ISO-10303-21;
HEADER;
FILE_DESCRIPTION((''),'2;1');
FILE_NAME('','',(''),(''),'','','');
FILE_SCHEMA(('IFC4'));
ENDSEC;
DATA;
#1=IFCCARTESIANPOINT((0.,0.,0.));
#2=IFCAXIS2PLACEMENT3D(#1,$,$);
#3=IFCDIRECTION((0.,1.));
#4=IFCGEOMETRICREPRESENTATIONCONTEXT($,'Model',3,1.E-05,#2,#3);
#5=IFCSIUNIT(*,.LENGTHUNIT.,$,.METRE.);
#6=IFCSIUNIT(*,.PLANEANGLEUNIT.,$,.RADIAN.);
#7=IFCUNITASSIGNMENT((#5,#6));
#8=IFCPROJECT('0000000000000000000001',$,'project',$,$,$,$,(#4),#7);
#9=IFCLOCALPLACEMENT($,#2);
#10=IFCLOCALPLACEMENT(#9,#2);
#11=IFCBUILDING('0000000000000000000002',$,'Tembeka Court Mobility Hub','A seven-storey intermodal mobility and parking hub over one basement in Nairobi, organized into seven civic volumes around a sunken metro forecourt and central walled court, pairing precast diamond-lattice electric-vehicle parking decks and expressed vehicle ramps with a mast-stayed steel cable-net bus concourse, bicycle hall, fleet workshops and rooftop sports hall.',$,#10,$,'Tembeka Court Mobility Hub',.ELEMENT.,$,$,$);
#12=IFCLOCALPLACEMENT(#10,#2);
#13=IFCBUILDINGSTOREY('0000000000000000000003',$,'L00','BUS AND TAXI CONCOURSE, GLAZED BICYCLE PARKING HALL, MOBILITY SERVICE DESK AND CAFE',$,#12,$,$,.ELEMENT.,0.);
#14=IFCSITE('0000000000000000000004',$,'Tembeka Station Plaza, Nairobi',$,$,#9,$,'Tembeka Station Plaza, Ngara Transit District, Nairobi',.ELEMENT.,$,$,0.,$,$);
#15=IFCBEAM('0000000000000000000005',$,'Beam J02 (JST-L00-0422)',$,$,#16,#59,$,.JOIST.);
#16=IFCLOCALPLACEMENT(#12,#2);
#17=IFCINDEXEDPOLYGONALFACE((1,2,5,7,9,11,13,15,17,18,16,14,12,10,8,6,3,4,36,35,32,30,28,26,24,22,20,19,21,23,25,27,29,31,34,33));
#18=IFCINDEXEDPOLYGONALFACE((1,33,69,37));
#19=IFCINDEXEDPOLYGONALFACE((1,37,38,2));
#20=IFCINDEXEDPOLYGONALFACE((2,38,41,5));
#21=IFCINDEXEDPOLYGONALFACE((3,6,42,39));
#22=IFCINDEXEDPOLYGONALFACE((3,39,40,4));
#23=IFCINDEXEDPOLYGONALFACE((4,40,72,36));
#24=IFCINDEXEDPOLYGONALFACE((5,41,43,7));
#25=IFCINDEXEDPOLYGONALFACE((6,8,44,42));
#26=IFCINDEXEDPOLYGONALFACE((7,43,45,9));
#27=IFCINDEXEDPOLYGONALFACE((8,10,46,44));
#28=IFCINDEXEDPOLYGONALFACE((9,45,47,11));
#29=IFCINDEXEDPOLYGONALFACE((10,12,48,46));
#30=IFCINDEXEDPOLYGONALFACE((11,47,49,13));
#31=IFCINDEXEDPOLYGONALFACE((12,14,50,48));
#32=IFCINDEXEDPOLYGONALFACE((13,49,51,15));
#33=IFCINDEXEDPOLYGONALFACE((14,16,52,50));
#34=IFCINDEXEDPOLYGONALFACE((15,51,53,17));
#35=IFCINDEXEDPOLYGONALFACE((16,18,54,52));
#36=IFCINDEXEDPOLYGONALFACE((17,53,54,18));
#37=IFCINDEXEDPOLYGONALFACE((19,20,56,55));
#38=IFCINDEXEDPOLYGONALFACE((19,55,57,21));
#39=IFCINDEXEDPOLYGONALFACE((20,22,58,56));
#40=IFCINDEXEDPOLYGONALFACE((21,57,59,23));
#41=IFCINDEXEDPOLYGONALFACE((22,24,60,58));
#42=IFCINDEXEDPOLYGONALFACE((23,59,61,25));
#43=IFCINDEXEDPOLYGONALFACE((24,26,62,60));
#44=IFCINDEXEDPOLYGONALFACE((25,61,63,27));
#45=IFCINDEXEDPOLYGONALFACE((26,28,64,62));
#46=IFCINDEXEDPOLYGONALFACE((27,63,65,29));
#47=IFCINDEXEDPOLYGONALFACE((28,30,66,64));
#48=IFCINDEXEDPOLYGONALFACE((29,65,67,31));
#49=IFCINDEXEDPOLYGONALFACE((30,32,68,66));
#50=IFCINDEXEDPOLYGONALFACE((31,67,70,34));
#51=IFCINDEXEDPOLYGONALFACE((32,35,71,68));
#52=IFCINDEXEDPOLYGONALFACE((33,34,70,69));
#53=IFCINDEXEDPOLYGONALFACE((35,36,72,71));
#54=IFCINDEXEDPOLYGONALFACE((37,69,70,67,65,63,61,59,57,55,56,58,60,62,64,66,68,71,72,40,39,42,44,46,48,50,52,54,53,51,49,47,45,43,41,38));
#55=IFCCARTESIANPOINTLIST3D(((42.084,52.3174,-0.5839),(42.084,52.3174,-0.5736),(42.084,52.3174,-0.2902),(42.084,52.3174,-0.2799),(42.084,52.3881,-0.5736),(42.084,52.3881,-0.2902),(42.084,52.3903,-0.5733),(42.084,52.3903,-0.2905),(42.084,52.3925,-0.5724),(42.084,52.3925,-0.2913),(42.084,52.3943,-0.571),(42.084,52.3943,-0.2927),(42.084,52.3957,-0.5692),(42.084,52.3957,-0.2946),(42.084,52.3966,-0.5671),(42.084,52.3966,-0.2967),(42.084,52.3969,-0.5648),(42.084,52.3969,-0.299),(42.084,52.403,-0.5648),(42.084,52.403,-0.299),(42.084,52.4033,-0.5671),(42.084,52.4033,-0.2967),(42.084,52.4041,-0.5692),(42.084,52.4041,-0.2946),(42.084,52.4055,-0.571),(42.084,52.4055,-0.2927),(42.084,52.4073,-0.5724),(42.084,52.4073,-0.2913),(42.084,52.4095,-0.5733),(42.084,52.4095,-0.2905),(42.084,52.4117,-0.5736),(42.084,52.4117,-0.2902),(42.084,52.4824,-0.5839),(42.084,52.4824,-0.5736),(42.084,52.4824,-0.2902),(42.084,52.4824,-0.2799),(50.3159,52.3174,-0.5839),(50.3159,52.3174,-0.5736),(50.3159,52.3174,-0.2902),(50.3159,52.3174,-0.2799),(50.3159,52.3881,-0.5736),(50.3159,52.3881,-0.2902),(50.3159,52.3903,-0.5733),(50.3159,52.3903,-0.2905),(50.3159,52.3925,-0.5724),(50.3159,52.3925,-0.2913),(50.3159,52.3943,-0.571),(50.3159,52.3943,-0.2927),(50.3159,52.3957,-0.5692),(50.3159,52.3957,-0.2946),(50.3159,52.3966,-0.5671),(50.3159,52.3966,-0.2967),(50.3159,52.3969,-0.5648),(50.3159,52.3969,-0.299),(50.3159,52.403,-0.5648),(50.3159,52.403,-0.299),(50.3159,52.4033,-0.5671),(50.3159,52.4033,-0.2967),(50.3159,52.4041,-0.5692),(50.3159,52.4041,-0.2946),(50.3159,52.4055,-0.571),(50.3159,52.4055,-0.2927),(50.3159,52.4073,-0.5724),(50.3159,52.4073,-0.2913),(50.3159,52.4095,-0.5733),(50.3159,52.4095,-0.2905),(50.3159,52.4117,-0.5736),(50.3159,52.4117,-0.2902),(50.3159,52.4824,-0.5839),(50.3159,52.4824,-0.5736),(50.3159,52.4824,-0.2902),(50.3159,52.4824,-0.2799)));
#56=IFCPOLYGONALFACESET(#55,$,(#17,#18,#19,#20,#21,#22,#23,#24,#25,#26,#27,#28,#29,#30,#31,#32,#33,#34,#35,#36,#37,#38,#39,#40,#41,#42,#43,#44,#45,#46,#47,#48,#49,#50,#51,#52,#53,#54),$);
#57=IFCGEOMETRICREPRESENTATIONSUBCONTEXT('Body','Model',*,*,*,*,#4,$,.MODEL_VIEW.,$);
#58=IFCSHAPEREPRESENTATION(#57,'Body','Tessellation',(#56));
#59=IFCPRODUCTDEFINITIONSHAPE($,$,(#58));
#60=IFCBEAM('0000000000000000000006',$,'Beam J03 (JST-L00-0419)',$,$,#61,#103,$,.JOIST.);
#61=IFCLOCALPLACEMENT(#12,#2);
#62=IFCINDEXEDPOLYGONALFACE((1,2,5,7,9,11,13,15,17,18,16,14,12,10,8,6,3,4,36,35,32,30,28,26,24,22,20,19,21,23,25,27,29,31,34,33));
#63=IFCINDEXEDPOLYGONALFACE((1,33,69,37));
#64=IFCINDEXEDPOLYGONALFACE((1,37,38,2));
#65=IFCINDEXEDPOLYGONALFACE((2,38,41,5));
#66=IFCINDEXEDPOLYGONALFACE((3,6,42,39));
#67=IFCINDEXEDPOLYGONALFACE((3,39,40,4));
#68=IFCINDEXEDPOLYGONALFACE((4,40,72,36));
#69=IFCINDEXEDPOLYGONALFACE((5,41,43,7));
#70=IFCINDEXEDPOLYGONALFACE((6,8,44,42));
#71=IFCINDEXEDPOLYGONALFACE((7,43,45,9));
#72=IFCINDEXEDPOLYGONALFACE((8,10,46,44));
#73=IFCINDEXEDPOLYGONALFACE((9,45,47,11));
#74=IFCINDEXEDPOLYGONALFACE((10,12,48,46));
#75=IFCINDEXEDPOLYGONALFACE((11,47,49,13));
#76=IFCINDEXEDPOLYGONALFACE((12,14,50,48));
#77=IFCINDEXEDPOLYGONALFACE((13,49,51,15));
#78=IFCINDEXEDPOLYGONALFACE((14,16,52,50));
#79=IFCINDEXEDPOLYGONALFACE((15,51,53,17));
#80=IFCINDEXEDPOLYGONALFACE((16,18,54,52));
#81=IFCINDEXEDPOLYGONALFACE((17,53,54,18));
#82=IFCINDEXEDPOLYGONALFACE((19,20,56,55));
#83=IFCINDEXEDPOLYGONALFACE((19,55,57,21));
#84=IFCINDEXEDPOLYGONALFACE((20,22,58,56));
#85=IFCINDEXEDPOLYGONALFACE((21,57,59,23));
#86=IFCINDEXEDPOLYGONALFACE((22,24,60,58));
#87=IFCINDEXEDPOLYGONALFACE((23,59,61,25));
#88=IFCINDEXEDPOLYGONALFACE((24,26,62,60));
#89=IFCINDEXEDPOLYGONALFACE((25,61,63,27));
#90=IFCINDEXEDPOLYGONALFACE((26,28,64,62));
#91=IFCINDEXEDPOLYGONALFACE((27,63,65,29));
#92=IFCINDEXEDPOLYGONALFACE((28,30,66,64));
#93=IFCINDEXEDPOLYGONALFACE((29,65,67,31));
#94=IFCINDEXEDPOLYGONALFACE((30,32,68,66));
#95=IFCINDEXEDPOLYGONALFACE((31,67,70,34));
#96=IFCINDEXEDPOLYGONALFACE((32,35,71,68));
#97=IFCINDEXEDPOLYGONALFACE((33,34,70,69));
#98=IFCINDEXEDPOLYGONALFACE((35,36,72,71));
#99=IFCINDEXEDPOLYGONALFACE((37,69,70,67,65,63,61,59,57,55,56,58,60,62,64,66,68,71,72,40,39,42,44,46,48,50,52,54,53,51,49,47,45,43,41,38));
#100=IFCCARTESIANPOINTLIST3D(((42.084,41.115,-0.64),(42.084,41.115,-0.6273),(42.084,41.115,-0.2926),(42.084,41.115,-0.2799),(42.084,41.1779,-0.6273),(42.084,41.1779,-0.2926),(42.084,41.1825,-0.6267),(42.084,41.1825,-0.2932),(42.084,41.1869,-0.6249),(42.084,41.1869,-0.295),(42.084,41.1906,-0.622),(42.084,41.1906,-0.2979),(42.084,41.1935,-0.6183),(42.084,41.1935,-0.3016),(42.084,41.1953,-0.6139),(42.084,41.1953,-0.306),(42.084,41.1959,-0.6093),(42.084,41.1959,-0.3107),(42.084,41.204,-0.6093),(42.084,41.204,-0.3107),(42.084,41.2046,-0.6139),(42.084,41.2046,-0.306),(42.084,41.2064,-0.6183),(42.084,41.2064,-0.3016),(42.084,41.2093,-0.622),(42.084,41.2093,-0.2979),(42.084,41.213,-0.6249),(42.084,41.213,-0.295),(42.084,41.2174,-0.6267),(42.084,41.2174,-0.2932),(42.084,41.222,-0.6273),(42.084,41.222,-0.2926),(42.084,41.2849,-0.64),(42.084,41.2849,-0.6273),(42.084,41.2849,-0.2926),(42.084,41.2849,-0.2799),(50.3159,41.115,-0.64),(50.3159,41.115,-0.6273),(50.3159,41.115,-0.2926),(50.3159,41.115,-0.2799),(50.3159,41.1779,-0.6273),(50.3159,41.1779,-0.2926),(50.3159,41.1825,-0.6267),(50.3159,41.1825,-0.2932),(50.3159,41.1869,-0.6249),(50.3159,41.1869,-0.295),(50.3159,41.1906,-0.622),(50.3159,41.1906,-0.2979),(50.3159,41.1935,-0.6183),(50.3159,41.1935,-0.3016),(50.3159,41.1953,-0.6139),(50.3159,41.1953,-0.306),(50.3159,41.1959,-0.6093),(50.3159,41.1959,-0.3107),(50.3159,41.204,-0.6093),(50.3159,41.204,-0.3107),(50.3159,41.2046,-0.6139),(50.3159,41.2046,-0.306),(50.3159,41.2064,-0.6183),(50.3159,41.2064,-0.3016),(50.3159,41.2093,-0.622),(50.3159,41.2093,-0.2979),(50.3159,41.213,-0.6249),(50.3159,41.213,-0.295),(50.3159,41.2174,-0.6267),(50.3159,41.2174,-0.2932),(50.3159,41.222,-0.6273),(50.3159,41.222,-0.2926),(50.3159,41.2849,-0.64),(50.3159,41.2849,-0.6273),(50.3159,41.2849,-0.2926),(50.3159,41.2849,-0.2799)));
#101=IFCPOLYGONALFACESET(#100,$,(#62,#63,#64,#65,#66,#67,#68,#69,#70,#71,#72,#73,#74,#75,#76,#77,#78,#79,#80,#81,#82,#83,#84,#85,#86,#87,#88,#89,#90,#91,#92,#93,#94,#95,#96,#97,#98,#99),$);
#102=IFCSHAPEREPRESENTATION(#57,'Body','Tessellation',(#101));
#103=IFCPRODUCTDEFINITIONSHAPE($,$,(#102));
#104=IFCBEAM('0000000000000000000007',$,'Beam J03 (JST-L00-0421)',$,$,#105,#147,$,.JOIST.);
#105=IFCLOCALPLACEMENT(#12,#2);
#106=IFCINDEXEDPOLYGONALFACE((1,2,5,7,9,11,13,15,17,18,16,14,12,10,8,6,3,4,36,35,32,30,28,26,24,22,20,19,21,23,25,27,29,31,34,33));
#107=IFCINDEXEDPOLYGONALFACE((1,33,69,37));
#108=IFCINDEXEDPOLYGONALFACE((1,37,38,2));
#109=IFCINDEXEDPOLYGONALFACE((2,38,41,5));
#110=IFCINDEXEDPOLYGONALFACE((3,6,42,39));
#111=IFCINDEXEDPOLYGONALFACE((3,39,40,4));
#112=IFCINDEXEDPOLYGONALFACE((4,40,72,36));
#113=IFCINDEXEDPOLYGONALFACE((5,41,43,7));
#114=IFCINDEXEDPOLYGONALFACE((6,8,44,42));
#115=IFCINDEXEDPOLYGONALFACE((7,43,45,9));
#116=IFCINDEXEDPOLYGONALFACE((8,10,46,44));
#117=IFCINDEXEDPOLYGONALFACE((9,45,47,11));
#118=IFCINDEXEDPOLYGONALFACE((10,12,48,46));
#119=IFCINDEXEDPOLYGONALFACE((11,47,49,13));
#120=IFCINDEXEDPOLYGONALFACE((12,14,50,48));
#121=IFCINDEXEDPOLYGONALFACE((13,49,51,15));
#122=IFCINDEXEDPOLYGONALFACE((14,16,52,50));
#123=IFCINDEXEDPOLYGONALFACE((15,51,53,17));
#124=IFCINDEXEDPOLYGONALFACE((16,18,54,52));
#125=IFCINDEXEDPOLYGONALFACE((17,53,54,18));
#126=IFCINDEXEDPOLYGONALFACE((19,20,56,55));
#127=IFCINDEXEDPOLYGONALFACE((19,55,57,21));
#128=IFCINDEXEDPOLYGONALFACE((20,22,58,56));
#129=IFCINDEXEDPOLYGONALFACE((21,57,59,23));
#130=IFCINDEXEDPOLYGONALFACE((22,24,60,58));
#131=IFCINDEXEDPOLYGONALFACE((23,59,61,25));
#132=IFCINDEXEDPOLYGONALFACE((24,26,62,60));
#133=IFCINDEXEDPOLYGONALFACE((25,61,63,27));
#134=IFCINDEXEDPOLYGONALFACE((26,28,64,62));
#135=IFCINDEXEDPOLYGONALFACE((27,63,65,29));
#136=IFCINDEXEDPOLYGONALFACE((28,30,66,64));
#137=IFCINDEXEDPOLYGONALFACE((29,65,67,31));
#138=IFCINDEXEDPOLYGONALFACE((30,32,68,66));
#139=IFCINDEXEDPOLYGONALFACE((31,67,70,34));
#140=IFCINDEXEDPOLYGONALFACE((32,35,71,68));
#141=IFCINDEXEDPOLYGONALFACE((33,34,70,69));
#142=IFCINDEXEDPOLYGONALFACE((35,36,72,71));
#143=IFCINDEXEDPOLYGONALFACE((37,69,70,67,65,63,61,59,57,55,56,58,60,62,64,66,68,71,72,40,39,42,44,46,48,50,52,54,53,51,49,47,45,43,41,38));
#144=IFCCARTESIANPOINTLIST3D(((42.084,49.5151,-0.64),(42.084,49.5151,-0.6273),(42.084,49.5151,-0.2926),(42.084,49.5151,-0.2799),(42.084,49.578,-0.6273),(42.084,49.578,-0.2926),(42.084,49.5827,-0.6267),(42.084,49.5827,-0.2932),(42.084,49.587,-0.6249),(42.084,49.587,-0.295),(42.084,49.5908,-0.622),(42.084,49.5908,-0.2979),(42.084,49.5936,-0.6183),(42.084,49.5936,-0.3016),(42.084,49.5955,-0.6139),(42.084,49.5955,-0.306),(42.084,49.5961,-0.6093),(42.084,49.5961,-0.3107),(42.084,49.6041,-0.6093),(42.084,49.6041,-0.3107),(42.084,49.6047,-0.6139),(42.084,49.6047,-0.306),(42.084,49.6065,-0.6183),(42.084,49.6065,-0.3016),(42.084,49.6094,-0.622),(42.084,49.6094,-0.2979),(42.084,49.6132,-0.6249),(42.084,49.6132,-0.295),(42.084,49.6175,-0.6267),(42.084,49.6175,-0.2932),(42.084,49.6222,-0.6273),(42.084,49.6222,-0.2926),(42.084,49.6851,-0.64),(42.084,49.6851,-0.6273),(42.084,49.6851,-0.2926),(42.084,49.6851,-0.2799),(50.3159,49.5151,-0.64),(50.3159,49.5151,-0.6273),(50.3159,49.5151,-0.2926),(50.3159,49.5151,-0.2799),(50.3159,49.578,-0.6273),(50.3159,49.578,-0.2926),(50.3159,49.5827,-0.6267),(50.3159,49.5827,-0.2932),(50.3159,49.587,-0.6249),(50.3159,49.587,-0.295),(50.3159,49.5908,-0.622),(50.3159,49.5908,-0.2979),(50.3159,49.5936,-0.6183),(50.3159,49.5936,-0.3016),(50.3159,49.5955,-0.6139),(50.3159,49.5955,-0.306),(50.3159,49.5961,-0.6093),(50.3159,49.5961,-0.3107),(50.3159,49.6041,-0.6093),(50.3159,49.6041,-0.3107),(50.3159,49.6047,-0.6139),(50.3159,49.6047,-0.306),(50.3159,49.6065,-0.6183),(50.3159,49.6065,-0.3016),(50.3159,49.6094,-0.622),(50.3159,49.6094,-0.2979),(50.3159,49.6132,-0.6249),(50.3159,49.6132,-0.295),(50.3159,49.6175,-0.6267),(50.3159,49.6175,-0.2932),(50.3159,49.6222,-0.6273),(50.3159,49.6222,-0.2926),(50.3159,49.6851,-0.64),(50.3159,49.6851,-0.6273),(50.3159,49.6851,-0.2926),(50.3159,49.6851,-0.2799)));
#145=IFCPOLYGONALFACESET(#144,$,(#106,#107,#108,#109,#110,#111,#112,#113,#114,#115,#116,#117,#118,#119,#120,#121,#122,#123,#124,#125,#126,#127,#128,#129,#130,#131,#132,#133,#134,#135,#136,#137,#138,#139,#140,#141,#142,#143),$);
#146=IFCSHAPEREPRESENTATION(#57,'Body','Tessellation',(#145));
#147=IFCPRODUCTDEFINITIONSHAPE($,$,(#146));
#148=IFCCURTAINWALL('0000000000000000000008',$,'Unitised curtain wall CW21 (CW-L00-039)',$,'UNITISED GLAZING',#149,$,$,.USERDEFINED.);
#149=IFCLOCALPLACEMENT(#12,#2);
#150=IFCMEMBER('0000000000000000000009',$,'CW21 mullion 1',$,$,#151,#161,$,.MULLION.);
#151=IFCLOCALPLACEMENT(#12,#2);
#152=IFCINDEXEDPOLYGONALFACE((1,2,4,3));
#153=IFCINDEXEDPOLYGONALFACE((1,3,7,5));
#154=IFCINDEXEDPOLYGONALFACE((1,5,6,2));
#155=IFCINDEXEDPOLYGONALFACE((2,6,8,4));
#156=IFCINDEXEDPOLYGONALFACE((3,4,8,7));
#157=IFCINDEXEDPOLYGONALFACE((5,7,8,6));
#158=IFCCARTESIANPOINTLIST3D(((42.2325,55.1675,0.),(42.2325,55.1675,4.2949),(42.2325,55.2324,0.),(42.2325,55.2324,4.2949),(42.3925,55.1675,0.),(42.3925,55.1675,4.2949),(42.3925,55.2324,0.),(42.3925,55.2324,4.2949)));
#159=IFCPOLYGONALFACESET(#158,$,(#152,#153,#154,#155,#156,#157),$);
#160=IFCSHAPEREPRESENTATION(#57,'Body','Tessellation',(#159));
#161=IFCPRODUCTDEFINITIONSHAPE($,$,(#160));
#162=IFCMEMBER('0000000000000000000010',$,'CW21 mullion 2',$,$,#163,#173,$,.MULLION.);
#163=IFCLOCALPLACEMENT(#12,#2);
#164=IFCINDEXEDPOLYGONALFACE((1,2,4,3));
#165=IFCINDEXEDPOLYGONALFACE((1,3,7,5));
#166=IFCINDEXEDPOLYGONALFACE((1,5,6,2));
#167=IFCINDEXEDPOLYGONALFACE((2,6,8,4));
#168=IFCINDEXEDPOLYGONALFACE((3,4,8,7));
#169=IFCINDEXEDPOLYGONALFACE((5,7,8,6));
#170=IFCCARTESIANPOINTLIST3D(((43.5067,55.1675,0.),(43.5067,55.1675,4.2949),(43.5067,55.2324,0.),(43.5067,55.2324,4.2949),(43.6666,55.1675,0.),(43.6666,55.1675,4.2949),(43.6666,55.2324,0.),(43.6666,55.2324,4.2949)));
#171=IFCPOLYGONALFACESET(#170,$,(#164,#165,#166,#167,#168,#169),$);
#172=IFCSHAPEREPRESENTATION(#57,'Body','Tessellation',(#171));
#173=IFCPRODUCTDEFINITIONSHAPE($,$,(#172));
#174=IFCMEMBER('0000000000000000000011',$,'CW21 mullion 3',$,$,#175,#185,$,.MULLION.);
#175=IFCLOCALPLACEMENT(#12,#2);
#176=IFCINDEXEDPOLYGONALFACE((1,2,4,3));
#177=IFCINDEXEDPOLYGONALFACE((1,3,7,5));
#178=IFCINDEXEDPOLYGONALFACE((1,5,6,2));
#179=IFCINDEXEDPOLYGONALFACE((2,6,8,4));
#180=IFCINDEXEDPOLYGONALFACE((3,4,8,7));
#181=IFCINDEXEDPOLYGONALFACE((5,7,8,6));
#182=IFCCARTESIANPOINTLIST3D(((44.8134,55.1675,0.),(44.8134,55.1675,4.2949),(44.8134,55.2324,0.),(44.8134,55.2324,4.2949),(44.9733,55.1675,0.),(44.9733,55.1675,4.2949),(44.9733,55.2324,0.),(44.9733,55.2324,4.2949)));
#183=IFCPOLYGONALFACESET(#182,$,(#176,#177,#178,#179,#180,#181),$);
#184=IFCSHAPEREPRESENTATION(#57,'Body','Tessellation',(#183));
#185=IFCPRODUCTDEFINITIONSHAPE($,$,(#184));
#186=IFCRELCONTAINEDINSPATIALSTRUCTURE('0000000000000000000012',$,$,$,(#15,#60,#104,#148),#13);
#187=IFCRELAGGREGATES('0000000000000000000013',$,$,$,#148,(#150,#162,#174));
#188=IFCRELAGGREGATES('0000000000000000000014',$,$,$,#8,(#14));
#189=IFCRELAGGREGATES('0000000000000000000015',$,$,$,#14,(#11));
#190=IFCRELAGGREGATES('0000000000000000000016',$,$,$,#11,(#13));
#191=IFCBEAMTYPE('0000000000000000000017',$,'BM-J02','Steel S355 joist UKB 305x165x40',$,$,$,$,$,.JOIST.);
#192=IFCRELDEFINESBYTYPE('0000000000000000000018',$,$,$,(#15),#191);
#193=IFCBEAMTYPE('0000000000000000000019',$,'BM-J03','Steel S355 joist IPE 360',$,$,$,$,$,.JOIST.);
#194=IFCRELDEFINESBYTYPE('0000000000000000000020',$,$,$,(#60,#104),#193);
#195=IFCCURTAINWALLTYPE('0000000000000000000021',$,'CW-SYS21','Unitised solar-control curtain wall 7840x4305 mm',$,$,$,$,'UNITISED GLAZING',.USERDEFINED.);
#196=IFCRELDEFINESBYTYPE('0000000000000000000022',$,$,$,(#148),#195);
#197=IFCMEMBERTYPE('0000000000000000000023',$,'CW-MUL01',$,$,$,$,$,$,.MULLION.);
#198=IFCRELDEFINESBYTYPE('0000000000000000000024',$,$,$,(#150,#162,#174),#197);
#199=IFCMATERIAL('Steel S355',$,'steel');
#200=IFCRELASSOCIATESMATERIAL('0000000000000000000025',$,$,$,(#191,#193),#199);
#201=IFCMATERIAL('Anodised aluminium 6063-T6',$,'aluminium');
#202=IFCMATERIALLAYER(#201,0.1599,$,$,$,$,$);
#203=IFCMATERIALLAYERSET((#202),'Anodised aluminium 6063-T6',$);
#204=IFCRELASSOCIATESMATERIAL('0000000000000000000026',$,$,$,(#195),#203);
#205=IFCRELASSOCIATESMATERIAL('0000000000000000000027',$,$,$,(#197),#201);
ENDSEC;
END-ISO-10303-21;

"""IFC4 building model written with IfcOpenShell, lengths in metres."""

from ifc_helpers import new_model, si_unit, direction, frame, origin, origin_2d, place, context, subcontext, project, spatial, rectangle, i_section, extrude, material, layer, layer_set, material_profile, profile_set, type_object, element, aggregate, save


model = new_model("IFC4")

# Units and contexts
model_context = context("Model", 3, precision=1e-05, world=origin(), true_north=direction((0.0, 1.0)))
body_context = subcontext(model_context, "Body", "Model", "MODEL_VIEW")
ifc_project = project(units=[si_unit("LENGTHUNIT", "METRE"), si_unit("PLANEANGLEUNIT", "RADIAN")], contexts=[model_context])

# Site, building, storey
site_placement = place(None, origin())
site = spatial("IfcSite", under=ifc_project, at=site_placement, Name="Tembeka Station Plaza, Nairobi", LongName="Tembeka Station Plaza, Ngara Transit District, Nairobi", CompositionType="ELEMENT", RefElevation=0.0)
building_placement = place(site_placement, origin())
building = spatial("IfcBuilding", under=site, at=building_placement, Name="Tembeka Court Mobility Hub", Description="A seven-storey intermodal mobility and parking hub over one basement in Nairobi, organized into seven civic volumes around a sunken metro forecourt and central walled court, pairing precast diamond-lattice electric-vehicle parking decks and expressed vehicle ramps with a mast-stayed steel cable-net bus concourse, bicycle hall, fleet workshops and rooftop sports hall.", LongName="Tembeka Court Mobility Hub", CompositionType="ELEMENT")
storey_placement = place(building_placement, origin())
storey = spatial("IfcBuildingStorey", under=building, at=storey_placement, Name="L00", Description="BUS AND TAXI CONCOURSE, GLAZED BICYCLE PARKING HALL, MOBILITY SERVICE DESK AND CAFE", CompositionType="ELEMENT", Elevation=0.0)

# Shared definitions
ifc_material_1 = material(Name="Steel S355", Category="steel")

# Beams
ifc_material_profile_1 = material_profile(ifc_material_1, i_section(OverallWidth=0.165, OverallDepth=0.304, WebThickness=0.0061, FlangeThickness=0.0103, FilletRadius=0.0088, at=origin_2d()), Name="UKB 305x165x40")
ifc_profile_set_1 = profile_set([ifc_material_profile_1], Name="Steel S355")
beam_type_1 = type_object("IfcBeamType", Name="BM-J02", Description="Steel S355 joist UKB 305x165x40", PredefinedType="JOIST", material=ifc_profile_set_1)
for number, where, z_axis, x_axis, name in (
    (1, (42.084, 52.3999, -0.4319), (1.0, 0.0, 0.0), (0.0, 1.0, 0.0), "Beam J02 (JST-L00-0422)"),
):
    element("IfcBeam", number, at=place(storey_placement, frame(where, z_axis=z_axis, x_axis=x_axis)), inside=storey, type_object=beam_type_1, Name=name, PredefinedType="JOIST", context=body_context, shape_type="SweptSolid", body=[
        extrude(i_section(OverallWidth=0.165, OverallDepth=0.304, WebThickness=0.0061, FlangeThickness=0.0103, FilletRadius=0.0088, at=origin_2d()), origin(), (0.0, 0.0, 1.0), 8.2319),
    ])
ifc_material_profile_2 = material_profile(ifc_material_1, i_section(OverallWidth=0.1699, OverallDepth=0.3601, WebThickness=0.0081, FlangeThickness=0.0127, FilletRadius=0.0181, at=origin_2d()), Name="IPE 360")
ifc_profile_set_2 = profile_set([ifc_material_profile_2], Name="Steel S355")
beam_type_2 = type_object("IfcBeamType", Name="BM-J03", Description="Steel S355 joist IPE 360", PredefinedType="JOIST", material=ifc_profile_set_2)
for number, where, z_axis, x_axis, name in (
    (2, (42.084, 41.2, -0.46), (1.0, 0.0, 0.0), (0.0, 1.0, 0.0), "Beam J03 (JST-L00-0419)"),
    (3, (42.084, 49.6001, -0.46), (1.0, 0.0, 0.0), (0.0, 1.0, 0.0), "Beam J03 (JST-L00-0421)"),
):
    element("IfcBeam", number, at=place(storey_placement, frame(where, z_axis=z_axis, x_axis=x_axis)), inside=storey, type_object=beam_type_2, Name=name, PredefinedType="JOIST", context=body_context, shape_type="SweptSolid", body=[
        extrude(i_section(OverallWidth=0.1699, OverallDepth=0.3601, WebThickness=0.0081, FlangeThickness=0.0127, FilletRadius=0.0181, at=origin_2d()), origin(), (0.0, 0.0, 1.0), 8.2319),
    ])

# Curtain wall, members
ifc_material_2 = material(Name="Anodised aluminium 6063-T6", Category="aluminium")
ifc_layer_1 = layer(ifc_material_2, 0.1599)
ifc_layer_set_1 = layer_set([ifc_layer_1], Name="Anodised aluminium 6063-T6")
curtain_wall_type = type_object("IfcCurtainWallType", Name="CW-SYS21", Description="Unitised solar-control curtain wall 7840x4305 mm", ElementType="UNITISED GLAZING", PredefinedType="USERDEFINED", material=ifc_layer_set_1)
curtain_wall_placement = place(storey_placement, origin())
curtain_wall = element("IfcCurtainWall", 4, at=curtain_wall_placement, inside=storey, type_object=curtain_wall_type, Name="Unitised curtain wall CW21 (CW-L00-039)", ObjectType="UNITISED GLAZING", PredefinedType="USERDEFINED")
ifc_material_profile_3 = material_profile(ifc_material_2, rectangle(XDim=0.0649, YDim=0.1599, at=origin_2d()), Name="ALU-MUL 65x160")
ifc_profile_set_3 = profile_set([ifc_material_profile_3], Name="Anodised aluminium 6063-T6")
member_type_1 = type_object("IfcMemberType", Name="CW-MUL01", PredefinedType="MULLION", material=ifc_profile_set_3)
member_1_placement = place(storey_placement, frame((42.3125, 55.2, 0.0), z_axis=(0.0, 0.0, 1.0), x_axis=(0.0, 1.0, 0.0)))
member_1 = element("IfcMember", 5, at=member_1_placement, type_object=member_type_1, Name="CW21 mullion 1", PredefinedType="MULLION", context=body_context, shape_type="SweptSolid", body=[
    extrude(rectangle(XDim=0.0649, YDim=0.1599, at=origin_2d()), origin(), (0.0, 0.0, 1.0), 4.2949),
])
member_2_placement = place(storey_placement, frame((43.5867, 55.2, 0.0), z_axis=(0.0, 0.0, 1.0), x_axis=(0.0, 1.0, 0.0)))
member_2 = element("IfcMember", 6, at=member_2_placement, type_object=member_type_1, Name="CW21 mullion 2", PredefinedType="MULLION", context=body_context, shape_type="SweptSolid", body=[
    extrude(rectangle(XDim=0.0649, YDim=0.1599, at=origin_2d()), origin(), (0.0, 0.0, 1.0), 4.2949),
])
member_3_placement = place(storey_placement, frame((44.8933, 55.2, 0.0), z_axis=(0.0, 0.0, 1.0), x_axis=(0.0, 1.0, 0.0)))
member_3 = element("IfcMember", 7, at=member_3_placement, type_object=member_type_1, Name="CW21 mullion 3", PredefinedType="MULLION", context=body_context, shape_type="SweptSolid", body=[
    extrude(rectangle(XDim=0.0649, YDim=0.1599, at=origin_2d()), origin(), (0.0, 0.0, 1.0), 4.2949),
])
aggregate(curtain_wall, [member_1, member_2, member_3])

save(model, "model.ifc")
